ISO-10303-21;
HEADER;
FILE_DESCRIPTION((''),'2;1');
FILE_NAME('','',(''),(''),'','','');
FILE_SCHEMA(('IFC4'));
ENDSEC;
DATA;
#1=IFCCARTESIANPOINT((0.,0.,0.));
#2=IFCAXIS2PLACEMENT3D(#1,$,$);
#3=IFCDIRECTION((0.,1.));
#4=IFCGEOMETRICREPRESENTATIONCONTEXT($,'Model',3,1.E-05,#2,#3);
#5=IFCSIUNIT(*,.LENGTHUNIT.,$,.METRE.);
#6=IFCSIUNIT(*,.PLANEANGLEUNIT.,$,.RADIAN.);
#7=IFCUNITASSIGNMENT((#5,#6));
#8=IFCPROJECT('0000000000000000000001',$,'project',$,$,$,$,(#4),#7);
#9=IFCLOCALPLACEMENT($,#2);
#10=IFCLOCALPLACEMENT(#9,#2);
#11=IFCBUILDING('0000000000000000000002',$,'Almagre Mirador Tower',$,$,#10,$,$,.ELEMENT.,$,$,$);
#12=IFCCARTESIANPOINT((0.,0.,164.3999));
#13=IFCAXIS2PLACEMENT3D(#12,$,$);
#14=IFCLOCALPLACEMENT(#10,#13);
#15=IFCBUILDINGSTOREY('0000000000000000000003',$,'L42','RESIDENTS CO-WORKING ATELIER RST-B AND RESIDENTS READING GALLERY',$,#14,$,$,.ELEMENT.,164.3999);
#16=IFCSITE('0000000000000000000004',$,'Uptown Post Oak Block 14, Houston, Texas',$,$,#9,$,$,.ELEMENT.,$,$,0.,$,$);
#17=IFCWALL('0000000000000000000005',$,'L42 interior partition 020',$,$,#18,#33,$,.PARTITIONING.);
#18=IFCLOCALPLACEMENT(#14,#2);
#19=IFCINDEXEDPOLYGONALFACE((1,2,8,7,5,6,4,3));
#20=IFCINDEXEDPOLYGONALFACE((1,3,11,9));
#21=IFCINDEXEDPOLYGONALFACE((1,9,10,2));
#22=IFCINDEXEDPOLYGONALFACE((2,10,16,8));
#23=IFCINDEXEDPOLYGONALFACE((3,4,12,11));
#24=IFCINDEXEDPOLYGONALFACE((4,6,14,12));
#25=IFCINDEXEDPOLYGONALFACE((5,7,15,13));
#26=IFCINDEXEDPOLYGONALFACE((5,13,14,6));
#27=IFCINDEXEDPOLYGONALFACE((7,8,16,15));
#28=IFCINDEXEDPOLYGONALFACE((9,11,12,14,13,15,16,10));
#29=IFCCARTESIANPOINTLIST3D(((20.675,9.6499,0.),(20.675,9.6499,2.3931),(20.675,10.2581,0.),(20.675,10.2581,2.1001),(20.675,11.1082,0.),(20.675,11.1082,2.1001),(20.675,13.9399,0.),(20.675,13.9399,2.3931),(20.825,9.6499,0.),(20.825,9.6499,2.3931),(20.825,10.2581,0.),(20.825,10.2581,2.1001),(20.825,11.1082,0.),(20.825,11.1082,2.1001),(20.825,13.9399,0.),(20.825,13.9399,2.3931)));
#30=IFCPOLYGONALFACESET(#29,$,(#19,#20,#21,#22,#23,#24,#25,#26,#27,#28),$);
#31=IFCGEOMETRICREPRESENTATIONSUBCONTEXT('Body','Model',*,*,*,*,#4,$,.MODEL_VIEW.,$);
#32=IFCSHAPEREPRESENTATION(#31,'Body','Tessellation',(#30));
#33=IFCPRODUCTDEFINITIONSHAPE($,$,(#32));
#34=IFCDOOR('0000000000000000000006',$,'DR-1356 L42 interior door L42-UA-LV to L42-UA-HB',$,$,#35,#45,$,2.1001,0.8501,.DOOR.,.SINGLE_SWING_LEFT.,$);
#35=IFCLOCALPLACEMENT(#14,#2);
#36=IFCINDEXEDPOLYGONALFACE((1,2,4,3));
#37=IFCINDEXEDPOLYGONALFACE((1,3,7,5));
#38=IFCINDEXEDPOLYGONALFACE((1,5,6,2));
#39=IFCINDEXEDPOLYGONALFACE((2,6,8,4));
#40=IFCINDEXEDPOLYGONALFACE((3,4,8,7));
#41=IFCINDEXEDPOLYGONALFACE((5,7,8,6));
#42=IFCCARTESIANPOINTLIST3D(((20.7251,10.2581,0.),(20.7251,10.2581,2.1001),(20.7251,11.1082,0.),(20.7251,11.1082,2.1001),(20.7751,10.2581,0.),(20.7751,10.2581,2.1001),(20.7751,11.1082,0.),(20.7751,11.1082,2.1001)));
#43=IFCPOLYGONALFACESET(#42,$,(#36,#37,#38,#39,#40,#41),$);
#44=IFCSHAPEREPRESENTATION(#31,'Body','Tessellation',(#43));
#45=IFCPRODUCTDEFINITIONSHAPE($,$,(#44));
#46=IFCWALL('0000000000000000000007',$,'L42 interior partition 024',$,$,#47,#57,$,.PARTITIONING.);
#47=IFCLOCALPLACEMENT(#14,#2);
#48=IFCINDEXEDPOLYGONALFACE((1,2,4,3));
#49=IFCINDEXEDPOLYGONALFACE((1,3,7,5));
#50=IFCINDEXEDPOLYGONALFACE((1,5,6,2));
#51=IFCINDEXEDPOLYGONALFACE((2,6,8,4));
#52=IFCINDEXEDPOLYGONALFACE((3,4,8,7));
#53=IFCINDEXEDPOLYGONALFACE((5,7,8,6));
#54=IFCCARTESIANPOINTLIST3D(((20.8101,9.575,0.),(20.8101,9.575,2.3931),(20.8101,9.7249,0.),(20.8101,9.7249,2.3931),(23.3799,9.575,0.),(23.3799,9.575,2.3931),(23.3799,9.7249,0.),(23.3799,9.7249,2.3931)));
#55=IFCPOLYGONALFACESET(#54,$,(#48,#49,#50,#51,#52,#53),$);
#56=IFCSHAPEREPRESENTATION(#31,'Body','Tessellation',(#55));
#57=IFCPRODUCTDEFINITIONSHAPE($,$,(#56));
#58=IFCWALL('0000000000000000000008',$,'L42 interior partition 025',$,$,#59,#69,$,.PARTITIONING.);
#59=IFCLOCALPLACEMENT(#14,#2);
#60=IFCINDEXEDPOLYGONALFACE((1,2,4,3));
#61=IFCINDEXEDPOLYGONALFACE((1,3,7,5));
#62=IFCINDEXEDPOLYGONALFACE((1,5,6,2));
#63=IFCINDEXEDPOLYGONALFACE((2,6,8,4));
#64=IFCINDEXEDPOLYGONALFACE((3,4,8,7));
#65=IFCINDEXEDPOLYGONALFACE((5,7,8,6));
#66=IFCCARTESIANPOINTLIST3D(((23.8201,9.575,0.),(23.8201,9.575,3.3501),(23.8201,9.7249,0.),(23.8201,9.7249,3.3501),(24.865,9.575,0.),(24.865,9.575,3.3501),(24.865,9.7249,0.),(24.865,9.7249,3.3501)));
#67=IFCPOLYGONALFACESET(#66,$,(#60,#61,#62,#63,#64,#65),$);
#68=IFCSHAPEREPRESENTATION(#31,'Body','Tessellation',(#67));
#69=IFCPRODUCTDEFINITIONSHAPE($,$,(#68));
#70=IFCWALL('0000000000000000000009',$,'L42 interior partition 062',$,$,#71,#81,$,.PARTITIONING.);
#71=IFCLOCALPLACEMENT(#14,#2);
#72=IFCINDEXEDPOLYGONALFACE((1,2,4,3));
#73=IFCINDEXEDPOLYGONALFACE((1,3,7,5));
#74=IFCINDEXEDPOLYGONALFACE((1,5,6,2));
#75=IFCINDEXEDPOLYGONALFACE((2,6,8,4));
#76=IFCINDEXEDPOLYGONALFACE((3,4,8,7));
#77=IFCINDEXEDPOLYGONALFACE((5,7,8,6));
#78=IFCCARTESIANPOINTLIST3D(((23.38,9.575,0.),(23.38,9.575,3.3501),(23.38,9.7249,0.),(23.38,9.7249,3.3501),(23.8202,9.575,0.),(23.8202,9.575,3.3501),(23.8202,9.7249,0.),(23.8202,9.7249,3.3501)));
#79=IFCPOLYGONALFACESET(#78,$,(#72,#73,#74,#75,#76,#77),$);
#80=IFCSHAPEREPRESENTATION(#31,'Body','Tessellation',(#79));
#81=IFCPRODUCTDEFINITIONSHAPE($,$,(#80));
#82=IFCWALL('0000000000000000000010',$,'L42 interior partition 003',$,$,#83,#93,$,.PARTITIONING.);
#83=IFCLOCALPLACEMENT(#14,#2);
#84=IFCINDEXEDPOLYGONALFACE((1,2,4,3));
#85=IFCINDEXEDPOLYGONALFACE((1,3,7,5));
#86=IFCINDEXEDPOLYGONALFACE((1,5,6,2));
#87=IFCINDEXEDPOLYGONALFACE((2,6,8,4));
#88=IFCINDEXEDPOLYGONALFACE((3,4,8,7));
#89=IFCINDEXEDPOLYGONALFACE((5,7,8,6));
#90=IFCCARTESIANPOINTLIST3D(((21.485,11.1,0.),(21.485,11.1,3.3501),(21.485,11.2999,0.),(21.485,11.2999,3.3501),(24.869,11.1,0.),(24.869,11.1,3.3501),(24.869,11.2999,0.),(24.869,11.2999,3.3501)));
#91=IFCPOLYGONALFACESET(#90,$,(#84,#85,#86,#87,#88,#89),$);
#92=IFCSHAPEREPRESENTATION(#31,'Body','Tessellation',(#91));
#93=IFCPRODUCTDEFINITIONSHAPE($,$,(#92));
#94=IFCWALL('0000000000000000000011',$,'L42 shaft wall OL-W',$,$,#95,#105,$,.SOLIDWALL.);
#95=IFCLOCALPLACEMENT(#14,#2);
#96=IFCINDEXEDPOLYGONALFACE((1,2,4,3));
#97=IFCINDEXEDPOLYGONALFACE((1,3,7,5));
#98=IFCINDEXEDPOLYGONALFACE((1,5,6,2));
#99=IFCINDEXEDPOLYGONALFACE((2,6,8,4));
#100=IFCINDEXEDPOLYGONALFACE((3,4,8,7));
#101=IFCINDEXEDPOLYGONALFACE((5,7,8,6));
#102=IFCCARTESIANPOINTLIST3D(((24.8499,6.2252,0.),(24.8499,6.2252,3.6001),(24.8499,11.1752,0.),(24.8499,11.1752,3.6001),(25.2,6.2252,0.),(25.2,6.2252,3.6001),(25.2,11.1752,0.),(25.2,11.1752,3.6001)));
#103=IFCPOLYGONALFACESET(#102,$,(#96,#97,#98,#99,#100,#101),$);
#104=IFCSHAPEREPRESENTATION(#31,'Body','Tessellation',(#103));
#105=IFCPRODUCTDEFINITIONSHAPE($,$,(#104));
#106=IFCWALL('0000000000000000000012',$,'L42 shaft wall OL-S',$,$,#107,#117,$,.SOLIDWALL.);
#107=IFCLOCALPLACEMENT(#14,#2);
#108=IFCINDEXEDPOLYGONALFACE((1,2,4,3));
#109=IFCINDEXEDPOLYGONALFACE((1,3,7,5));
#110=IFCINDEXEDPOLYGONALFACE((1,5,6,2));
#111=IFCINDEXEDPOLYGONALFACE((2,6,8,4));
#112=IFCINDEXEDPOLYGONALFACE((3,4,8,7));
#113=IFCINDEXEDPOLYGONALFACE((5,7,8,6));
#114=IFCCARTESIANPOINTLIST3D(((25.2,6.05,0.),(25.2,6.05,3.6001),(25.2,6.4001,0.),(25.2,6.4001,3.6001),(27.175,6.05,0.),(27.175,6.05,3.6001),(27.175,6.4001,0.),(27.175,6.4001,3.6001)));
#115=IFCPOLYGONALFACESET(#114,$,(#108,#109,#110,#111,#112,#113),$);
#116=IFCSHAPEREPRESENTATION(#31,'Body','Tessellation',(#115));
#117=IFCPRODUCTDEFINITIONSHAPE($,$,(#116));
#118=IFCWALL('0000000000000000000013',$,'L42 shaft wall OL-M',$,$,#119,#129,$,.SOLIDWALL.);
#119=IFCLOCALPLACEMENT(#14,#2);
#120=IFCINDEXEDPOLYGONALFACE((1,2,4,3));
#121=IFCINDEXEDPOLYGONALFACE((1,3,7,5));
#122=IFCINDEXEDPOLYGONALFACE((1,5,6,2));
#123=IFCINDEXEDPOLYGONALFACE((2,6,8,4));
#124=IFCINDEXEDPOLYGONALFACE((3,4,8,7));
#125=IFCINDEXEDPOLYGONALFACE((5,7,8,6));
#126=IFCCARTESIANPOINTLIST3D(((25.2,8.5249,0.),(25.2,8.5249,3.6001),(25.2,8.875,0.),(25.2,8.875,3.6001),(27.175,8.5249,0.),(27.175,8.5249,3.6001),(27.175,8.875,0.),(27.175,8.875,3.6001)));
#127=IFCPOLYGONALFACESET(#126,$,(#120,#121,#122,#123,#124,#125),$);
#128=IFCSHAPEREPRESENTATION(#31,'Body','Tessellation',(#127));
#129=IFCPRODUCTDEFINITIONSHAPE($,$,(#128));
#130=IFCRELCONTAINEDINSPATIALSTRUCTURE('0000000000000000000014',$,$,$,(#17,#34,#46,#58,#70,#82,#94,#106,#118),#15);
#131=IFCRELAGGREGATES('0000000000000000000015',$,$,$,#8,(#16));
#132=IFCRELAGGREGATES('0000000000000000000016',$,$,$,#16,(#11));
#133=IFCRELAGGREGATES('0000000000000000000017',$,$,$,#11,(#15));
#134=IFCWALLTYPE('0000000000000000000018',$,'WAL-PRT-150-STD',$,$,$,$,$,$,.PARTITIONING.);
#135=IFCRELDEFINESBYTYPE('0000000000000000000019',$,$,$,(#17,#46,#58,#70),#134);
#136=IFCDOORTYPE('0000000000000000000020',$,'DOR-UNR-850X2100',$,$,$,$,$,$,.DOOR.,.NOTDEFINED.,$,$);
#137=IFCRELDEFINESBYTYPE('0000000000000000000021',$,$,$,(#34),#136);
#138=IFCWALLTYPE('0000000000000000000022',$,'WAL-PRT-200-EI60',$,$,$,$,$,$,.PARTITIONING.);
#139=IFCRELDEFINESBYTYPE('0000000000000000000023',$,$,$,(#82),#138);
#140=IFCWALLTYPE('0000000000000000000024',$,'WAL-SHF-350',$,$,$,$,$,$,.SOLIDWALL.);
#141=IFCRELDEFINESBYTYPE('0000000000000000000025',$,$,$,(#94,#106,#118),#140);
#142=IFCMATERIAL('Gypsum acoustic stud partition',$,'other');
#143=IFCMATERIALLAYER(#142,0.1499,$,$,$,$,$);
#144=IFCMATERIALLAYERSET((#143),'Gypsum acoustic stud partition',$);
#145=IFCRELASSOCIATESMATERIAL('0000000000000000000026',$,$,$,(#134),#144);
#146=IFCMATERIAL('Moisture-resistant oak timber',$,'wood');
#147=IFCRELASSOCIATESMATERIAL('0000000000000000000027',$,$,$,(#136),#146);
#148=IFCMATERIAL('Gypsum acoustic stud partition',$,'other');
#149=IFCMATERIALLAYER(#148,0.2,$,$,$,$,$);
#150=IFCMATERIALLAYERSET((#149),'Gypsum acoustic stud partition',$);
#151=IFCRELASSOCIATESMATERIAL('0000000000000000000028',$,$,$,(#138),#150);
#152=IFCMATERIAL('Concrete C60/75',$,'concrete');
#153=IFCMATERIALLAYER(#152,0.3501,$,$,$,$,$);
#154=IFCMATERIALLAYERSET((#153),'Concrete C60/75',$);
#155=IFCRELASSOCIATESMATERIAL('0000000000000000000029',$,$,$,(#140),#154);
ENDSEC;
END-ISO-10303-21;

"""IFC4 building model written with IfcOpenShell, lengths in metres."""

from ifc_helpers import new_model, si_unit, direction, frame, frame_2d, origin, place, context, subcontext, project, spatial, rectangle, extrude, material, layer, layer_set, type_object, element, fill, save


model = new_model("IFC4")

# Units and contexts
model_context = context("Model", 3, precision=1e-05, world=origin(), true_north=direction((0.0, 1.0)))
body_context = subcontext(model_context, "Body", "Model", "MODEL_VIEW")
ifc_project = project(units=[si_unit("LENGTHUNIT", "METRE"), si_unit("PLANEANGLEUNIT", "RADIAN")], contexts=[model_context])

# Site, building, storey
site_placement = place(None, origin())
site = spatial("IfcSite", under=ifc_project, at=site_placement, Name="Uptown Post Oak Block 14, Houston, Texas", CompositionType="ELEMENT", RefElevation=0.0)
building_placement = place(site_placement, origin())
building = spatial("IfcBuilding", under=site, at=building_placement, Name="Almagre Mirador Tower", CompositionType="ELEMENT")
storey_placement = place(building_placement, frame((0.0, 0.0, 164.3999)))
storey = spatial("IfcBuildingStorey", under=building, at=storey_placement, Name="L42", Description="RESIDENTS CO-WORKING ATELIER RST-B AND RESIDENTS READING GALLERY", CompositionType="ELEMENT", Elevation=164.3999)

# Wall, opening, door
ifc_material_1 = material(Name="Gypsum acoustic stud partition", Category="other")
ifc_layer_1 = layer(ifc_material_1, 0.1499)
ifc_layer_set_1 = layer_set([ifc_layer_1], Name="Gypsum acoustic stud partition")
wall_type_1 = type_object("IfcWallType", Name="WAL-PRT-150-STD", PredefinedType="PARTITIONING", material=ifc_layer_set_1)
wall_1_placement = place(storey_placement, frame((20.75, 9.6499, 0.0), z_axis=(0.0, 0.0, 1.0), x_axis=(0.0, 1.0, 0.0)))
wall_1 = element("IfcWall", 1, at=wall_1_placement, inside=storey, type_object=wall_type_1, Name="L42 interior partition 020", PredefinedType="PARTITIONING", context=body_context, shape_type="SweptSolid", body=[
    extrude(rectangle(XDim=4.29, YDim=0.1499, at=frame_2d((2.145, 0.0))), origin(), (0.0, 0.0, 1.0), 2.3931),
])
opening_1_placement = place(wall_1_placement, frame((0.6082, 0.0, 0.0)))
opening_1 = element("IfcOpeningElement", 2, at=opening_1_placement, cuts=wall_1, PredefinedType="OPENING", context=body_context, shape_type="SweptSolid", body=[
    extrude(rectangle(XDim=0.8501, YDim=2.1001, at=frame_2d((0.425, 1.05))), frame((0.0, 0.085, 0.0), z_axis=(0.0, -1.0, 0.0), x_axis=(1.0, 0.0, 0.0)), (0.0, 0.0, 1.0), 0.1699),
])
ifc_material_2 = material(Name="Moisture-resistant oak timber", Category="wood")
door_type_1 = type_object("IfcDoorType", Name="DOR-UNR-850X2100", OperationType="NOTDEFINED", PredefinedType="DOOR", material=ifc_material_2)
door_1_placement = place(opening_1_placement, origin())
door_1 = element("IfcDoor", 3, at=door_1_placement, inside=storey, type_object=door_type_1, Name="DR-1356 L42 interior door L42-UA-LV to L42-UA-HB", OperationType="SINGLE_SWING_LEFT", OverallHeight=2.1001, OverallWidth=0.8501, PredefinedType="DOOR", context=body_context, shape_type="SweptSolid", body=[
    extrude(rectangle(XDim=0.8501, YDim=2.1001, at=frame_2d((0.425, 1.05))), frame((0.0, 0.0249, 0.0), z_axis=(0.0, -1.0, 0.0), x_axis=(1.0, 0.0, 0.0)), (0.0, 0.0, 1.0), 0.05),
])
fill(opening_1, door_1)

# Walls
wall_2_placement = place(storey_placement, frame((20.8101, 9.6499, 0.0), z_axis=(0.0, 0.0, 1.0), x_axis=(1.0, 0.0, 0.0)))
element("IfcWall", 4, at=wall_2_placement, inside=storey, type_object=wall_type_1, Name="L42 interior partition 024", PredefinedType="PARTITIONING", context=body_context, shape_type="SweptSolid", body=[
    extrude(rectangle(XDim=2.5698, YDim=0.1499, at=frame_2d((1.2849, 0.0))), origin(), (0.0, 0.0, 1.0), 2.3931),
])
wall_3_placement = place(storey_placement, frame((23.8201, 9.6499, 0.0), z_axis=(0.0, 0.0, 1.0), x_axis=(1.0, 0.0, 0.0)))
element("IfcWall", 5, at=wall_3_placement, inside=storey, type_object=wall_type_1, Name="L42 interior partition 025", PredefinedType="PARTITIONING", context=body_context, shape_type="SweptSolid", body=[
    extrude(rectangle(XDim=1.0449, YDim=0.1499, at=frame_2d((0.5225, 0.0))), origin(), (0.0, 0.0, 1.0), 3.3501),
])
wall_4_placement = place(storey_placement, frame((23.3799, 9.6499, 0.0), z_axis=(0.0, 0.0, 1.0), x_axis=(1.0, 0.0, 0.0)))
element("IfcWall", 6, at=wall_4_placement, inside=storey, type_object=wall_type_1, Name="L42 interior partition 062", PredefinedType="PARTITIONING", context=body_context, shape_type="SweptSolid", body=[
    extrude(rectangle(XDim=0.4402, YDim=0.1499, at=frame_2d((0.2202, 0.0))), origin(), (0.0, 0.0, 1.0), 3.3501),
])
ifc_material_3 = material(Name="Gypsum acoustic stud partition", Category="other")
ifc_layer_2 = layer(ifc_material_3, 0.2)
ifc_layer_set_2 = layer_set([ifc_layer_2], Name="Gypsum acoustic stud partition")
wall_type_2 = type_object("IfcWallType", Name="WAL-PRT-200-EI60", PredefinedType="PARTITIONING", material=ifc_layer_set_2)
wall_5_placement = place(storey_placement, frame((21.4851, 11.2, 0.0), z_axis=(0.0, 0.0, 1.0), x_axis=(1.0, 0.0, 0.0)))
element("IfcWall", 7, at=wall_5_placement, inside=storey, type_object=wall_type_2, Name="L42 interior partition 003", PredefinedType="PARTITIONING", context=body_context, shape_type="SweptSolid", body=[
    extrude(rectangle(XDim=3.384, YDim=0.2, at=frame_2d((1.6919, 0.0))), origin(), (0.0, 0.0, 1.0), 3.3501),
])
ifc_material_4 = material(Name="Concrete C60/75", Category="concrete")
ifc_layer_3 = layer(ifc_material_4, 0.3501)
ifc_layer_set_3 = layer_set([ifc_layer_3], Name="Concrete C60/75")
wall_type_3 = type_object("IfcWallType", Name="WAL-SHF-350", PredefinedType="SOLIDWALL", material=ifc_layer_set_3)
wall_6_placement = place(storey_placement, frame((25.0249, 6.2251, 0.0), z_axis=(0.0, 0.0, 1.0), x_axis=(0.0, 1.0, 0.0)))
element("IfcWall", 8, at=wall_6_placement, inside=storey, type_object=wall_type_3, Name="L42 shaft wall OL-W", PredefinedType="SOLIDWALL", context=body_context, shape_type="SweptSolid", body=[
    extrude(rectangle(XDim=4.95, YDim=0.3501, at=frame_2d((2.4751, 0.0))), origin(), (0.0, 0.0, 1.0), 3.6001),
])
for number, where, z_axis, x_axis, name in (
    (9, (25.2, 6.2251, 0.0), (0.0, 0.0, 1.0), (1.0, 0.0, 0.0), "L42 shaft wall OL-S"),
    (10, (25.2, 8.7, 0.0), (0.0, 0.0, 1.0), (1.0, 0.0, 0.0), "L42 shaft wall OL-M"),
):
    element("IfcWall", number, at=place(storey_placement, frame(where, z_axis=z_axis, x_axis=x_axis)), inside=storey, type_object=wall_type_3, Name=name, PredefinedType="SOLIDWALL", context=body_context, shape_type="SweptSolid", body=[
        extrude(rectangle(XDim=1.9751, YDim=0.3501, at=frame_2d((0.9875, 0.0))), origin(), (0.0, 0.0, 1.0), 3.6001),
    ])

save(model, "model.ifc")
